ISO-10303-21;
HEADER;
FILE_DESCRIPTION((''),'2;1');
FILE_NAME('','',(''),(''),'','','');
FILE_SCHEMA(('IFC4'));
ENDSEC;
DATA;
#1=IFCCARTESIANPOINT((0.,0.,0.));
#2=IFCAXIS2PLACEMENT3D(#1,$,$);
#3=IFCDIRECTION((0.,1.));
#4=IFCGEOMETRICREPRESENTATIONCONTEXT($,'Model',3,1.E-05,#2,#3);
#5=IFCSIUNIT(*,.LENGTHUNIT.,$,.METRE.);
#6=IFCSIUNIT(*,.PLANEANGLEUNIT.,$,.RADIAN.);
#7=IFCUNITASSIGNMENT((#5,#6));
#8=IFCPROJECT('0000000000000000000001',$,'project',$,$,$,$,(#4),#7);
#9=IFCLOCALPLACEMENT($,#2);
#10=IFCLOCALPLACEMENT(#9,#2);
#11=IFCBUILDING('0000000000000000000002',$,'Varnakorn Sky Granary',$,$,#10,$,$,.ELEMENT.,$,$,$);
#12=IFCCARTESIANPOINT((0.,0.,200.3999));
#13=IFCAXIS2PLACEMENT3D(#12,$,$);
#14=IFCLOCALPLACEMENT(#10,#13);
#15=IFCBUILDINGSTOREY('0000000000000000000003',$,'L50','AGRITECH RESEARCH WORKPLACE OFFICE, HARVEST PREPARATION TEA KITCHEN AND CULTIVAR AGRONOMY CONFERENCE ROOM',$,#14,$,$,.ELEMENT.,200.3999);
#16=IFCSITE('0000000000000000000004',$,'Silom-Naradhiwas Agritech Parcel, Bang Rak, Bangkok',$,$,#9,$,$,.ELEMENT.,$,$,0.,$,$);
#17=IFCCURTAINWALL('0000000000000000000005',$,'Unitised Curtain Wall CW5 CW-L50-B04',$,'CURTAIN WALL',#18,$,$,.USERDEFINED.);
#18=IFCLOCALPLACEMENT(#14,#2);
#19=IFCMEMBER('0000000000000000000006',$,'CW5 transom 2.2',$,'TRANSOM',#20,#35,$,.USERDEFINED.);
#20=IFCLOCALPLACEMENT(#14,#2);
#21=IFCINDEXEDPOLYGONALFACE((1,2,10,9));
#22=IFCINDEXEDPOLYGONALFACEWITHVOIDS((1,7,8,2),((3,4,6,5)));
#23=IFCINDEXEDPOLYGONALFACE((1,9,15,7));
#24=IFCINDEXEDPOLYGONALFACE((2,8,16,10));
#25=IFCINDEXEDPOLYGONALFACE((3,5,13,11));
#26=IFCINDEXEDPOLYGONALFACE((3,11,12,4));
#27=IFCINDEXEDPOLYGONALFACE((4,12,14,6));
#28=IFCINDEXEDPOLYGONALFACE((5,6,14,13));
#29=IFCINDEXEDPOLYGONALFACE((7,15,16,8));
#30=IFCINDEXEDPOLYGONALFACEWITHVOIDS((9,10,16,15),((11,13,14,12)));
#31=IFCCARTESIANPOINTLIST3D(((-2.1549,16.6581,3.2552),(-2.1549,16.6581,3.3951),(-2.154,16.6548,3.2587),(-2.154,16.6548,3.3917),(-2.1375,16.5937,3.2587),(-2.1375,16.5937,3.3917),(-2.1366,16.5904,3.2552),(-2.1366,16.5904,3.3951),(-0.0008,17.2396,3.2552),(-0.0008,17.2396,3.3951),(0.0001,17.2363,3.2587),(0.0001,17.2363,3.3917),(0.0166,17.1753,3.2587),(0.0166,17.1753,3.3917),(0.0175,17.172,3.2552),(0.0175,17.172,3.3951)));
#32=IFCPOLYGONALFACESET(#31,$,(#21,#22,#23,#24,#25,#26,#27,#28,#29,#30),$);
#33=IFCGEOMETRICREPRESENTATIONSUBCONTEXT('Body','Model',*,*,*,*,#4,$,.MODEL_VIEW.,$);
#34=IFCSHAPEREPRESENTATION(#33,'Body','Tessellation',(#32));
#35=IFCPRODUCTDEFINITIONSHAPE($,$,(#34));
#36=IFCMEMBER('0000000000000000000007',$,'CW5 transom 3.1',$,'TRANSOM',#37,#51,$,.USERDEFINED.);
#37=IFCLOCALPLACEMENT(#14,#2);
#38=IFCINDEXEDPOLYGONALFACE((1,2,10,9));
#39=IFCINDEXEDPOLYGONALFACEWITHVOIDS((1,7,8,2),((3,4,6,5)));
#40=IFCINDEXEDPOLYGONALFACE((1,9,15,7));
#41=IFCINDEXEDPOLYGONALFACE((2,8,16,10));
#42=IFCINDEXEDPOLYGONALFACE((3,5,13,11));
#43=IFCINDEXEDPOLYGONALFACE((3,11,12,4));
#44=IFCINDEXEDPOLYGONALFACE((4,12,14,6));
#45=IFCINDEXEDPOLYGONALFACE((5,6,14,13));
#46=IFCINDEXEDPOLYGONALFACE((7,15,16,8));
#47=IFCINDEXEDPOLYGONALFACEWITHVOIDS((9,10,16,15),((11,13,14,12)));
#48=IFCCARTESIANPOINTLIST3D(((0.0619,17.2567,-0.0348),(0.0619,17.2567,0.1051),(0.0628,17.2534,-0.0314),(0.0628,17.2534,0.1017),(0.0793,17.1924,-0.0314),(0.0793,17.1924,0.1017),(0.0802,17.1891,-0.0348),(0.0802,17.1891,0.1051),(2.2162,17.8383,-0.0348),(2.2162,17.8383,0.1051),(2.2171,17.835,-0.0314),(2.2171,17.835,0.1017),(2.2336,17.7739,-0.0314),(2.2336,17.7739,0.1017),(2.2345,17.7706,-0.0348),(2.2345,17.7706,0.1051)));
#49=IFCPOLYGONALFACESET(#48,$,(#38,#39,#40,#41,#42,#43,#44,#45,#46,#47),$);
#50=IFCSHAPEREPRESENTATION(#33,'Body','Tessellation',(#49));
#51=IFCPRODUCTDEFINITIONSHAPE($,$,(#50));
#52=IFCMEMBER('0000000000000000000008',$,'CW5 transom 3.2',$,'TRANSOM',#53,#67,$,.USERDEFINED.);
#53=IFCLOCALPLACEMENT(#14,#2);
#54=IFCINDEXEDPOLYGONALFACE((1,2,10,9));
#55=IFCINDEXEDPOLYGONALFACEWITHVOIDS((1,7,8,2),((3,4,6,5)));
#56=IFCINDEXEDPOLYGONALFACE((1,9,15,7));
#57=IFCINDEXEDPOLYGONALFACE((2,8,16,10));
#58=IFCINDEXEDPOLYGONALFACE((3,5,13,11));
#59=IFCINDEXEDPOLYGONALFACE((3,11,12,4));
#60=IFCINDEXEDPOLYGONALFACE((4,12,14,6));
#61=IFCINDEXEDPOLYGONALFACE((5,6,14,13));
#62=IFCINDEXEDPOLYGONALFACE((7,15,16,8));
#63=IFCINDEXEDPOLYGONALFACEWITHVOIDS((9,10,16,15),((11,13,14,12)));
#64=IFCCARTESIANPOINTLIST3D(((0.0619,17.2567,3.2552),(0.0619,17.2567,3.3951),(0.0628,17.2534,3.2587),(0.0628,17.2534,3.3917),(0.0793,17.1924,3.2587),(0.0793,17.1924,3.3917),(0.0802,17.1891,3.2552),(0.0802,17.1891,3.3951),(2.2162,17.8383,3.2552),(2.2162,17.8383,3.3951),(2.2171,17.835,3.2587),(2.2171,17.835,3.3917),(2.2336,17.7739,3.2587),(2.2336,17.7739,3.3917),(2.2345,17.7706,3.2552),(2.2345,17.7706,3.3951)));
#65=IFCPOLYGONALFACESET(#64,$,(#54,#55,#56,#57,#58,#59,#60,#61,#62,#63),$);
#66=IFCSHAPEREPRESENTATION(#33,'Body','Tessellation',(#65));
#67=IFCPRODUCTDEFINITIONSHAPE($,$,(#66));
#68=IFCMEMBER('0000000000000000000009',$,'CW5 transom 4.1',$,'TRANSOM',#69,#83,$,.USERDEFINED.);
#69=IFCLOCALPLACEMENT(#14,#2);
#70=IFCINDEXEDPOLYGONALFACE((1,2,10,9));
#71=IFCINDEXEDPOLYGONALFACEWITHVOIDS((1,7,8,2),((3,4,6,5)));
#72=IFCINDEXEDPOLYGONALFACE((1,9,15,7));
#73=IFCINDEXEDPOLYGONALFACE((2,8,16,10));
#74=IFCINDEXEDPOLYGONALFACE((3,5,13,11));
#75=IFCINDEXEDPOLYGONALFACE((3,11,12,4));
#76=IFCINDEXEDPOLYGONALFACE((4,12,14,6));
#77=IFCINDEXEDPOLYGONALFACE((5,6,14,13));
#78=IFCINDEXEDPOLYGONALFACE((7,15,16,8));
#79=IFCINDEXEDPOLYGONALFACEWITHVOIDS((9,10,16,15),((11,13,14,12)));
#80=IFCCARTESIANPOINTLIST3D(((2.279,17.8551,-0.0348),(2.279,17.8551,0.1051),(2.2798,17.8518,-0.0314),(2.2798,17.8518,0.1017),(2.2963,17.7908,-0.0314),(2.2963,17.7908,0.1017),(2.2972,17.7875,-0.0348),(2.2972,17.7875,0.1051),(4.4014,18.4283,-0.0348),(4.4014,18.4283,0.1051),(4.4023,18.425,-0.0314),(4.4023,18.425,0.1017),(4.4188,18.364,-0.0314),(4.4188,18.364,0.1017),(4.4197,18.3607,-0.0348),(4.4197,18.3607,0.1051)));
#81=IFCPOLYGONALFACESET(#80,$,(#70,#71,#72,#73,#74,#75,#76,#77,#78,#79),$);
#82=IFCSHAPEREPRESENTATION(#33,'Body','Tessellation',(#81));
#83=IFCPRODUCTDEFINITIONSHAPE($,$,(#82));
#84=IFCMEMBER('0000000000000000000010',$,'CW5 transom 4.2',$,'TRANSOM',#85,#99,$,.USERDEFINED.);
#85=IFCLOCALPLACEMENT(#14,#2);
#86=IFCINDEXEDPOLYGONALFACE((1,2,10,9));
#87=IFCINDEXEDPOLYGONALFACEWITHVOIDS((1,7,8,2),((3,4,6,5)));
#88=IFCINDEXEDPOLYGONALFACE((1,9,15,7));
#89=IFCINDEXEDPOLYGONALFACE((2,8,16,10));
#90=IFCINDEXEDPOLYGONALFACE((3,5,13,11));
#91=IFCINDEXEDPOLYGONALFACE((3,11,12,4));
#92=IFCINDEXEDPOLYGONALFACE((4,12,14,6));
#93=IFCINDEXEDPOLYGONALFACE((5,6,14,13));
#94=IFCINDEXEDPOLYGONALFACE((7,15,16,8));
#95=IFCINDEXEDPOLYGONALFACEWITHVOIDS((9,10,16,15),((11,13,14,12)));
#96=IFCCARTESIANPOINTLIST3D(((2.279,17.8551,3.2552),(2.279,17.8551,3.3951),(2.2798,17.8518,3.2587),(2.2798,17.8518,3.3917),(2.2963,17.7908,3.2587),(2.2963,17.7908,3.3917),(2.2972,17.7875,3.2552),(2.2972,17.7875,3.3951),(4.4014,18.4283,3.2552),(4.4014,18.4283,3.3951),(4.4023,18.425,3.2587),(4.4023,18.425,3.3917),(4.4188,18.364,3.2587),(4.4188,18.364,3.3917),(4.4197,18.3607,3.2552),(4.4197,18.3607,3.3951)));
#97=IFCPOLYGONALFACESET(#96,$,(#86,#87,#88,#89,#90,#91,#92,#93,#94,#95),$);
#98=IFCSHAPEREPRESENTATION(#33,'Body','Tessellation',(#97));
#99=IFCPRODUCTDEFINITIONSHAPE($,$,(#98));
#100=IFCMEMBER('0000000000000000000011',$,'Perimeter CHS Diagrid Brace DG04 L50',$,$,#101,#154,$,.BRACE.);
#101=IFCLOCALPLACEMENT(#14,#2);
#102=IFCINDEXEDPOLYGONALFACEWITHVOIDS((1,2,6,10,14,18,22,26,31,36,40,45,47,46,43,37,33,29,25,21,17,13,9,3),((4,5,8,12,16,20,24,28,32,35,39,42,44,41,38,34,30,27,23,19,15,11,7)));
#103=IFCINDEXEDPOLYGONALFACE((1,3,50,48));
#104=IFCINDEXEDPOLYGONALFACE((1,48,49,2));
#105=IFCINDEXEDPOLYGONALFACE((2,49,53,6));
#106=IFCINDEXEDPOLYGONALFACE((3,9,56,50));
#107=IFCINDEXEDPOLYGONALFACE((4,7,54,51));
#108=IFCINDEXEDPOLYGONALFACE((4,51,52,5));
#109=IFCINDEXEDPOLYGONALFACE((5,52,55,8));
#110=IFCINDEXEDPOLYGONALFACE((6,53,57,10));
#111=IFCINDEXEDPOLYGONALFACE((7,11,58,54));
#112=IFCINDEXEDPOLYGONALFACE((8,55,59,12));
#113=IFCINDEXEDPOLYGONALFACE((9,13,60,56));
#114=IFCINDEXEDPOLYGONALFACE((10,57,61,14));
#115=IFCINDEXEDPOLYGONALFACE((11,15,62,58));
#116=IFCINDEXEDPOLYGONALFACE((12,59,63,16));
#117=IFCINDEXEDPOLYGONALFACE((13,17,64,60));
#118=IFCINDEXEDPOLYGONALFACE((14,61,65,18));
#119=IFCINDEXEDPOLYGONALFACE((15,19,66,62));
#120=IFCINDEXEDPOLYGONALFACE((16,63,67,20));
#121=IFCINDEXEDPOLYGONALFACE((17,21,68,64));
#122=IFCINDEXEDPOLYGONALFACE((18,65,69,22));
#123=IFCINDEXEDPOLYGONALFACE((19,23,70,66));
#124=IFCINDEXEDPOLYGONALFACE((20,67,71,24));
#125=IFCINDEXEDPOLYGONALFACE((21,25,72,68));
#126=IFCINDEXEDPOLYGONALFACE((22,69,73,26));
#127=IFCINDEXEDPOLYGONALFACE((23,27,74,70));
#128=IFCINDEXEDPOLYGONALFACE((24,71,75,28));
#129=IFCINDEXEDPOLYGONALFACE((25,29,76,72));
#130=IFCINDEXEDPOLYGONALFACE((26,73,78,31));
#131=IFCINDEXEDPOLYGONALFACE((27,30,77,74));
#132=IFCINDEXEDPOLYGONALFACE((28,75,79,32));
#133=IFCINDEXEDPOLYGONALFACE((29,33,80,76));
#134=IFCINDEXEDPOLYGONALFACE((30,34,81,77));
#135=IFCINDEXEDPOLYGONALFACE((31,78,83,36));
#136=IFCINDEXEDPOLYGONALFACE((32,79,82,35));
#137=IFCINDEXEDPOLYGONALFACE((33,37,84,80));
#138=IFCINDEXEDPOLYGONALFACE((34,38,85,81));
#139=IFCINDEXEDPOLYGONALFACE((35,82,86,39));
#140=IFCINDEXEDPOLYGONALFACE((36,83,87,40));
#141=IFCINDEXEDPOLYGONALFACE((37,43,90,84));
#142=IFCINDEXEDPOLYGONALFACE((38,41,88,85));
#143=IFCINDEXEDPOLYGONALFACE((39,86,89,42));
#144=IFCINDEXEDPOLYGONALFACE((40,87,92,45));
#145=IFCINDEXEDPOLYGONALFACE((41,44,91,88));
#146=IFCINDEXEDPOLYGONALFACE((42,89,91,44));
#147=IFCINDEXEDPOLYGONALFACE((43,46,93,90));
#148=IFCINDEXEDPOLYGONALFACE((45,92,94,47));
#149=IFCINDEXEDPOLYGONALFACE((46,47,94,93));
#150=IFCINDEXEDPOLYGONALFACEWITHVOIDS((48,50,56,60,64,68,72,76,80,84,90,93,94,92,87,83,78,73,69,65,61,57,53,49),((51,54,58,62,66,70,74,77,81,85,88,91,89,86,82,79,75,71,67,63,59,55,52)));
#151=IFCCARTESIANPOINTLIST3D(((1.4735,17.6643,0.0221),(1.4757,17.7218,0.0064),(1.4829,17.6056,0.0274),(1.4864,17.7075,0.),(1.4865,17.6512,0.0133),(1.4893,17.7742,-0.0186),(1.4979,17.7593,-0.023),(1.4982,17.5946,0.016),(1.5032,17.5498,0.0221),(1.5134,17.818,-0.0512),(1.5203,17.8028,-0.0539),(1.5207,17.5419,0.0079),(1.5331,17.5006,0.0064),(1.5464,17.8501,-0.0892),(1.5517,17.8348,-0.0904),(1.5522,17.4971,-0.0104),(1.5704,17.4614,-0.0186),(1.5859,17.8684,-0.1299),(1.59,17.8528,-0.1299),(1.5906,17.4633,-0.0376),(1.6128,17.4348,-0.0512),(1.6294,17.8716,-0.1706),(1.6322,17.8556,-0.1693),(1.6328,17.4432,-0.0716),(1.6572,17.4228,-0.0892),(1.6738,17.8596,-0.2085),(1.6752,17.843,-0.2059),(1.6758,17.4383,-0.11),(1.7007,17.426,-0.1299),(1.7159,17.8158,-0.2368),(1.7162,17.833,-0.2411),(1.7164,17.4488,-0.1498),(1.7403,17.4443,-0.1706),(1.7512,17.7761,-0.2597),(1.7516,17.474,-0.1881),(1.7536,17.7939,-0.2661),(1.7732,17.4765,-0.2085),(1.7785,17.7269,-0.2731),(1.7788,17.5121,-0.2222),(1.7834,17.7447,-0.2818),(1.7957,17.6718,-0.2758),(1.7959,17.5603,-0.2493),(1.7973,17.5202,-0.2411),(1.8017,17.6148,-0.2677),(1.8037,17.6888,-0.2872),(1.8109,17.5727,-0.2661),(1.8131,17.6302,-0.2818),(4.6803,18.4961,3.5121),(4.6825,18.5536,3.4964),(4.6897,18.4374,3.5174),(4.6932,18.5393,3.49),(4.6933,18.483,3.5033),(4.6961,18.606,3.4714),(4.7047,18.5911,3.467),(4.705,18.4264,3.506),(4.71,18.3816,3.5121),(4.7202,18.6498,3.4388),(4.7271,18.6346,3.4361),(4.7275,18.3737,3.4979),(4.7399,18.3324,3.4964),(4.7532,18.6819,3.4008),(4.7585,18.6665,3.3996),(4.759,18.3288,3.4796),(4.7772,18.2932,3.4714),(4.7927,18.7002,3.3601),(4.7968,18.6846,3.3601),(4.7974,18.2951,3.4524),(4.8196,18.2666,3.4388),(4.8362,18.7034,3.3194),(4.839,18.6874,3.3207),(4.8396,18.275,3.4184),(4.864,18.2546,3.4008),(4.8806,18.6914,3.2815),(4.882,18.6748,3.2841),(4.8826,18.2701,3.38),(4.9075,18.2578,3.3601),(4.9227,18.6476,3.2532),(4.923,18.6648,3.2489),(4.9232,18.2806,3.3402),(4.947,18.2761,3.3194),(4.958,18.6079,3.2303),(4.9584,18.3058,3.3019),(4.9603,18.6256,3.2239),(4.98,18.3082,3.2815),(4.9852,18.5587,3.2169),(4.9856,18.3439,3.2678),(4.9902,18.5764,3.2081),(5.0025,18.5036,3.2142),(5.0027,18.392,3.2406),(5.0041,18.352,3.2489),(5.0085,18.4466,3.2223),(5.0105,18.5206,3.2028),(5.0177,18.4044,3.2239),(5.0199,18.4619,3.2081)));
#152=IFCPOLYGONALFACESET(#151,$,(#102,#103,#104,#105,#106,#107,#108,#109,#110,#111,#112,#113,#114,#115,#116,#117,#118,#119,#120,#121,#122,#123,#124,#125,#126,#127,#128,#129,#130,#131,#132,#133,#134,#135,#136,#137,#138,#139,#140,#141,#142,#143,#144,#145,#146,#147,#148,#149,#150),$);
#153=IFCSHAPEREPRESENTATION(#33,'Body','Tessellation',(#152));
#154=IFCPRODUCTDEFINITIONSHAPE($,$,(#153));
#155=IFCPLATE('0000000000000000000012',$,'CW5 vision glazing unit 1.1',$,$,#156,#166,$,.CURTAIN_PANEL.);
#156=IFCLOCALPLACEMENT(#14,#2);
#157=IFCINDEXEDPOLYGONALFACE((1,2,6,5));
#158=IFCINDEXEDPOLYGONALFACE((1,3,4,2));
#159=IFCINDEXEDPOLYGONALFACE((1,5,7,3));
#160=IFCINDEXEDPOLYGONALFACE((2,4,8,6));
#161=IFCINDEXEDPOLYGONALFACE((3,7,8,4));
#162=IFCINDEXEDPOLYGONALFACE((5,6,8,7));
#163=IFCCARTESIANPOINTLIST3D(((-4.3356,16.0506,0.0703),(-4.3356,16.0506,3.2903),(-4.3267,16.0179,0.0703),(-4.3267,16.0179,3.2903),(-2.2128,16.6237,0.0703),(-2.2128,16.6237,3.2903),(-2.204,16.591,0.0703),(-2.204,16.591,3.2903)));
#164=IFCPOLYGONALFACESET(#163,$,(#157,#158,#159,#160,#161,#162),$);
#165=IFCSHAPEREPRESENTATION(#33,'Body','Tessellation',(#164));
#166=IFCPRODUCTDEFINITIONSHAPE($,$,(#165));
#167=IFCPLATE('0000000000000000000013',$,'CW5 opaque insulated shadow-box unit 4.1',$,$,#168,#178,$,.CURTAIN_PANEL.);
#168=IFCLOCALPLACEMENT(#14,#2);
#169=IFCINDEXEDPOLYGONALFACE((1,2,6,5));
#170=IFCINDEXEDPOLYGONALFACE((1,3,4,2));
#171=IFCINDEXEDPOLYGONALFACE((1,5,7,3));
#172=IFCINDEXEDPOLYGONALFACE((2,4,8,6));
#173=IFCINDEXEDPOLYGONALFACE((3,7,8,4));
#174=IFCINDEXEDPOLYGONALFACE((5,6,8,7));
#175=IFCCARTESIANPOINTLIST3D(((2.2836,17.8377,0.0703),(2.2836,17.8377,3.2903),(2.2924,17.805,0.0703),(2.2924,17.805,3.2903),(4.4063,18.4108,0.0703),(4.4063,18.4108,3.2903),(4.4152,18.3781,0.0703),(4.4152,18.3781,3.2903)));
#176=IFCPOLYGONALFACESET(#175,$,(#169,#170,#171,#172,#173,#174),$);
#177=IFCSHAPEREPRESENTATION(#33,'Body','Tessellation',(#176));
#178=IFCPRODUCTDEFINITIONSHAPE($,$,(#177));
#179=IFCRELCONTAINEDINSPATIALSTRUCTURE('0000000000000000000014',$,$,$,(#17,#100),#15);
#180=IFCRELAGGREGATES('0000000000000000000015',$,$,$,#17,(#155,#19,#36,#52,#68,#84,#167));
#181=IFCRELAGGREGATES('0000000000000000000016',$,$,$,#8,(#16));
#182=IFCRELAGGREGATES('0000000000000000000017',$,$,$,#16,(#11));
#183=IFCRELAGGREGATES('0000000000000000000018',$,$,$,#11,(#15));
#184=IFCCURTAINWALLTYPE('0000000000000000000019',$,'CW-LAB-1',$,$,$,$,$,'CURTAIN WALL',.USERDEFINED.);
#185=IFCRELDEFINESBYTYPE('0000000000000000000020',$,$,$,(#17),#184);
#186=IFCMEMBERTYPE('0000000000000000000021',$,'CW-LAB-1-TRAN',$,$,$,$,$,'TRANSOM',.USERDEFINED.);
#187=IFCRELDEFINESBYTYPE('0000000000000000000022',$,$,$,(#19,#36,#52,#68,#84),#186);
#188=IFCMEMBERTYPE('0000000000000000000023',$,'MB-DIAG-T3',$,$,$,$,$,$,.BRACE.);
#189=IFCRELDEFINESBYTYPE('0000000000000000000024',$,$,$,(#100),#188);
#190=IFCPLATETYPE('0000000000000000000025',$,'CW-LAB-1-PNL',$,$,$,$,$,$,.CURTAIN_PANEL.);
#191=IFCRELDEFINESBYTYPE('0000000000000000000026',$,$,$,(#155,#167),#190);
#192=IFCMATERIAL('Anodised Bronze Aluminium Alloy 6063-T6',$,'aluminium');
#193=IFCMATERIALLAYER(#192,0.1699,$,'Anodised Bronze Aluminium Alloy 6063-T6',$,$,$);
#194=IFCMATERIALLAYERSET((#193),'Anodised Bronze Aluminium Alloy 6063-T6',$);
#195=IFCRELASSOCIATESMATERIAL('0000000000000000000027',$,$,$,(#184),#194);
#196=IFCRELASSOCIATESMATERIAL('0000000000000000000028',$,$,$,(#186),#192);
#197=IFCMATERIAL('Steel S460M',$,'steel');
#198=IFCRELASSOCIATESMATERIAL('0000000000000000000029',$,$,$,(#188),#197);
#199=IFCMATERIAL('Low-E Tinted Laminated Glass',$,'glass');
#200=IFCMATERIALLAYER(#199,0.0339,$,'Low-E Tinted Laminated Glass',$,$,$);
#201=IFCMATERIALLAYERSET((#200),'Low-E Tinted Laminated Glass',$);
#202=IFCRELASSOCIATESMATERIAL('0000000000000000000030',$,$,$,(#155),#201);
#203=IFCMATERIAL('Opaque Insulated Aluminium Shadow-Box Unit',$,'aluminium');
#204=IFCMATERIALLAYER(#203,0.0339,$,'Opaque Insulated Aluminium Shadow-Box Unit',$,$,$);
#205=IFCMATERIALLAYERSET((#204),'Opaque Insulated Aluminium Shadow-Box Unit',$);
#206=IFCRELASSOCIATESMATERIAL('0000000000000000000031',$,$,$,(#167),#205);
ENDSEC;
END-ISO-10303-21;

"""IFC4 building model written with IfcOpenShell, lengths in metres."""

from ifc_helpers import new_model, si_unit, direction, frame, origin, origin_2d, place, context, subcontext, project, spatial, rectangle, hollow_rectangle, hollow_circle, extrude, source, transform, mapped, material, layer, layer_set, material_profile, profile_set, type_object, element, aggregate, save


model = new_model("IFC4")

# Units and contexts
model_context = context("Model", 3, precision=1e-05, world=origin(), true_north=direction((0.0, 1.0)))
body_context = subcontext(model_context, "Body", "Model", "MODEL_VIEW")
ifc_project = project(units=[si_unit("LENGTHUNIT", "METRE"), si_unit("PLANEANGLEUNIT", "RADIAN")], contexts=[model_context])

# Site, building, storey
site_placement = place(None, origin())
site = spatial("IfcSite", under=ifc_project, at=site_placement, Name="Silom-Naradhiwas Agritech Parcel, Bang Rak, Bangkok", CompositionType="ELEMENT", RefElevation=0.0)
building_placement = place(site_placement, origin())
building = spatial("IfcBuilding", under=site, at=building_placement, Name="Varnakorn Sky Granary", CompositionType="ELEMENT")
storey_placement = place(building_placement, frame((0.0, 0.0, 200.3999)))
storey = spatial("IfcBuildingStorey", under=building, at=storey_placement, Name="L50", Description="AGRITECH RESEARCH WORKPLACE OFFICE, HARVEST PREPARATION TEA KITCHEN AND CULTIVAR AGRONOMY CONFERENCE ROOM", CompositionType="ELEMENT", Elevation=200.3999)

# Curtain wall, members
ifc_material_1 = material(Name="Anodised Bronze Aluminium Alloy 6063-T6", Category="aluminium")
ifc_layer_1 = layer(ifc_material_1, 0.1699, Name="Anodised Bronze Aluminium Alloy 6063-T6")
ifc_layer_set_1 = layer_set([ifc_layer_1], Name="Anodised Bronze Aluminium Alloy 6063-T6")
curtain_wall_type = type_object("IfcCurtainWallType", Name="CW-LAB-1", ElementType="CURTAIN WALL", PredefinedType="USERDEFINED", material=ifc_layer_set_1)
curtain_wall_placement = place(storey_placement, origin())
curtain_wall = element("IfcCurtainWall", 1, at=curtain_wall_placement, inside=storey, type_object=curtain_wall_type, Name="Unitised Curtain Wall CW5 CW-L50-B04", ObjectType="CURTAIN WALL", PredefinedType="USERDEFINED")
ifc_material_profile_1 = material_profile(ifc_material_1, hollow_rectangle(XDim=0.0701, YDim=0.1399, WallThickness=0.0034, at=origin_2d()), Name="ALU TRAN 70x140")
ifc_profile_set_1 = profile_set([ifc_material_profile_1], Name="Anodised Bronze Aluminium Alloy 6063-T6")
member_type_1 = type_object("IfcMemberType", Name="CW-LAB-1-TRAN", ElementType="TRANSOM", PredefinedType="USERDEFINED", material=ifc_profile_set_1)
member_1_placement = place(storey_placement, frame((-2.1458, 16.6243, 3.3252), z_axis=(0.965435, 0.260644, 0.0), x_axis=(-0.260644, 0.965435, 0.0)))
member_1 = element("IfcMember", 2, at=member_1_placement, type_object=member_type_1, Name="CW5 transom 2.2", ObjectType="TRANSOM", PredefinedType="USERDEFINED", context=body_context, shape_type="SweptSolid", body=[
    extrude(hollow_rectangle(XDim=0.0701, YDim=0.1399, WallThickness=0.0034, at=origin_2d()), origin(), (0.0, 0.0, 1.0), 2.2312),
])
member_2_placement = place(storey_placement, frame((0.071, 17.2229, 0.0352), z_axis=(0.965442, 0.260617, 0.0), x_axis=(-0.260617, 0.965442, 0.0)))
member_2 = element("IfcMember", 3, at=member_2_placement, type_object=member_type_1, Name="CW5 transom 3.1", ObjectType="TRANSOM", PredefinedType="USERDEFINED", context=body_context, shape_type="SweptSolid", body=[
    extrude(hollow_rectangle(XDim=0.0701, YDim=0.1399, WallThickness=0.0034, at=origin_2d()), origin(), (0.0, 0.0, 1.0), 2.2314),
])
member_3_placement = place(storey_placement, frame((0.071, 17.2229, 3.3252), z_axis=(0.965442, 0.260617, 0.0), x_axis=(-0.260617, 0.965442, 0.0)))
member_3 = element("IfcMember", 4, at=member_3_placement, type_object=member_type_1, Name="CW5 transom 3.2", ObjectType="TRANSOM", PredefinedType="USERDEFINED", context=body_context, shape_type="SweptSolid", body=[
    extrude(hollow_rectangle(XDim=0.0701, YDim=0.1399, WallThickness=0.0034, at=origin_2d()), origin(), (0.0, 0.0, 1.0), 2.2314),
])
member_4_placement = place(storey_placement, frame((2.2881, 17.8213, 0.0352), z_axis=(0.965412, 0.26073, 0.0), x_axis=(-0.26073, 0.965412, 0.0)))
member_4 = element("IfcMember", 5, at=member_4_placement, type_object=member_type_1, Name="CW5 transom 4.1", ObjectType="TRANSOM", PredefinedType="USERDEFINED", context=body_context, shape_type="SweptSolid", body=[
    extrude(hollow_rectangle(XDim=0.0701, YDim=0.1399, WallThickness=0.0034, at=origin_2d()), origin(), (0.0, 0.0, 1.0), 2.1985),
])
member_5_placement = place(storey_placement, frame((2.2881, 17.8213, 3.3252), z_axis=(0.965412, 0.26073, 0.0), x_axis=(-0.26073, 0.965412, 0.0)))
member_5 = element("IfcMember", 6, at=member_5_placement, type_object=member_type_1, Name="CW5 transom 4.2", ObjectType="TRANSOM", PredefinedType="USERDEFINED", context=body_context, shape_type="SweptSolid", body=[
    extrude(hollow_rectangle(XDim=0.0701, YDim=0.1399, WallThickness=0.0034, at=origin_2d()), origin(), (0.0, 0.0, 1.0), 2.1985),
])

# Member
ifc_material_2 = material(Name="Steel S460M", Category="steel")
ifc_material_profile_2 = material_profile(ifc_material_2, hollow_circle(Radius=0.2285, WallThickness=0.0161, at=origin_2d()), Name="CHS 457x16")
ifc_profile_set_2 = profile_set([ifc_material_profile_2], Name="Steel S460M")
member_type_2 = type_object("IfcMemberType", Name="MB-DIAG-T3", PredefinedType="BRACE", material=ifc_profile_set_2)
member_6_placement = place(storey_placement, frame((1.6433, 17.6472, -0.1299), z_axis=(0.666414, 0.172857, 0.725267), x_axis=(-0.251075, 0.967968, 0.0)))
element("IfcMember", 7, at=member_6_placement, inside=storey, type_object=member_type_2, Name="Perimeter CHS Diagrid Brace DG04 L50", PredefinedType="BRACE", context=body_context, shape_type="SweptSolid", body=[
    extrude(hollow_circle(Radius=0.2285, WallThickness=0.0161, at=origin_2d()), origin(), (0.0, 0.0, 1.0), 4.812),
])

# Plates
ifc_material_3 = material(Name="Low-E Tinted Laminated Glass", Category="glass")
ifc_layer_2 = layer(ifc_material_3, 0.0339, Name="Low-E Tinted Laminated Glass")
ifc_layer_set_2 = layer_set([ifc_layer_2], Name="Low-E Tinted Laminated Glass")
plate_type = type_object("IfcPlateType", Name="CW-LAB-1-PNL", PredefinedType="CURTAIN_PANEL")
shared_shape_1 = source(origin(), body_context, "Body", "SweptSolid", [
    extrude(rectangle(XDim=2.1987, YDim=0.0339, at=origin_2d()), origin(), (0.0, 0.0, 1.0), 3.22),
])
plate_1_placement = place(storey_placement, frame((-3.2698, 16.3208, 0.0703), z_axis=(0.0, 0.0, 1.0), x_axis=(0.965435, 0.260643, 0.0)))
plate_1 = element("IfcPlate", 8, at=plate_1_placement, type_object=plate_type, material=ifc_layer_set_2, Name="CW5 vision glazing unit 1.1", PredefinedType="CURTAIN_PANEL", context=body_context, shape_type="MappedRepresentation", body=[
    mapped(shared_shape_1, transform((0.0, 0.0, 0.0), x_axis=(1.0, 0.0, 0.0), y_axis=(0.0, 1.0, 0.0), z_axis=(0.0, 0.0, 1.0), scale=1.0)),
])
ifc_material_4 = material(Name="Opaque Insulated Aluminium Shadow-Box Unit", Category="aluminium")
ifc_layer_3 = layer(ifc_material_4, 0.0339, Name="Opaque Insulated Aluminium Shadow-Box Unit")
ifc_layer_set_3 = layer_set([ifc_layer_3], Name="Opaque Insulated Aluminium Shadow-Box Unit")
plate_2_placement = place(storey_placement, frame((3.3494, 18.1079, 0.0703), z_axis=(0.0, 0.0, 1.0), x_axis=(0.965435, 0.260643, 0.0)))
plate_2 = element("IfcPlate", 9, at=plate_2_placement, type_object=plate_type, material=ifc_layer_set_3, Name="CW5 opaque insulated shadow-box unit 4.1", PredefinedType="CURTAIN_PANEL", context=body_context, shape_type="MappedRepresentation", body=[
    mapped(shared_shape_1, transform((0.0, 0.0, 0.0), x_axis=(1.0, 0.0, 0.0), y_axis=(0.0, 1.0, 0.0), z_axis=(0.0, 0.0, 1.0), scale=1.0)),
])
aggregate(curtain_wall, [plate_1, member_1, member_2, member_3, member_4, member_5, plate_2])

save(model, "model.ifc")
